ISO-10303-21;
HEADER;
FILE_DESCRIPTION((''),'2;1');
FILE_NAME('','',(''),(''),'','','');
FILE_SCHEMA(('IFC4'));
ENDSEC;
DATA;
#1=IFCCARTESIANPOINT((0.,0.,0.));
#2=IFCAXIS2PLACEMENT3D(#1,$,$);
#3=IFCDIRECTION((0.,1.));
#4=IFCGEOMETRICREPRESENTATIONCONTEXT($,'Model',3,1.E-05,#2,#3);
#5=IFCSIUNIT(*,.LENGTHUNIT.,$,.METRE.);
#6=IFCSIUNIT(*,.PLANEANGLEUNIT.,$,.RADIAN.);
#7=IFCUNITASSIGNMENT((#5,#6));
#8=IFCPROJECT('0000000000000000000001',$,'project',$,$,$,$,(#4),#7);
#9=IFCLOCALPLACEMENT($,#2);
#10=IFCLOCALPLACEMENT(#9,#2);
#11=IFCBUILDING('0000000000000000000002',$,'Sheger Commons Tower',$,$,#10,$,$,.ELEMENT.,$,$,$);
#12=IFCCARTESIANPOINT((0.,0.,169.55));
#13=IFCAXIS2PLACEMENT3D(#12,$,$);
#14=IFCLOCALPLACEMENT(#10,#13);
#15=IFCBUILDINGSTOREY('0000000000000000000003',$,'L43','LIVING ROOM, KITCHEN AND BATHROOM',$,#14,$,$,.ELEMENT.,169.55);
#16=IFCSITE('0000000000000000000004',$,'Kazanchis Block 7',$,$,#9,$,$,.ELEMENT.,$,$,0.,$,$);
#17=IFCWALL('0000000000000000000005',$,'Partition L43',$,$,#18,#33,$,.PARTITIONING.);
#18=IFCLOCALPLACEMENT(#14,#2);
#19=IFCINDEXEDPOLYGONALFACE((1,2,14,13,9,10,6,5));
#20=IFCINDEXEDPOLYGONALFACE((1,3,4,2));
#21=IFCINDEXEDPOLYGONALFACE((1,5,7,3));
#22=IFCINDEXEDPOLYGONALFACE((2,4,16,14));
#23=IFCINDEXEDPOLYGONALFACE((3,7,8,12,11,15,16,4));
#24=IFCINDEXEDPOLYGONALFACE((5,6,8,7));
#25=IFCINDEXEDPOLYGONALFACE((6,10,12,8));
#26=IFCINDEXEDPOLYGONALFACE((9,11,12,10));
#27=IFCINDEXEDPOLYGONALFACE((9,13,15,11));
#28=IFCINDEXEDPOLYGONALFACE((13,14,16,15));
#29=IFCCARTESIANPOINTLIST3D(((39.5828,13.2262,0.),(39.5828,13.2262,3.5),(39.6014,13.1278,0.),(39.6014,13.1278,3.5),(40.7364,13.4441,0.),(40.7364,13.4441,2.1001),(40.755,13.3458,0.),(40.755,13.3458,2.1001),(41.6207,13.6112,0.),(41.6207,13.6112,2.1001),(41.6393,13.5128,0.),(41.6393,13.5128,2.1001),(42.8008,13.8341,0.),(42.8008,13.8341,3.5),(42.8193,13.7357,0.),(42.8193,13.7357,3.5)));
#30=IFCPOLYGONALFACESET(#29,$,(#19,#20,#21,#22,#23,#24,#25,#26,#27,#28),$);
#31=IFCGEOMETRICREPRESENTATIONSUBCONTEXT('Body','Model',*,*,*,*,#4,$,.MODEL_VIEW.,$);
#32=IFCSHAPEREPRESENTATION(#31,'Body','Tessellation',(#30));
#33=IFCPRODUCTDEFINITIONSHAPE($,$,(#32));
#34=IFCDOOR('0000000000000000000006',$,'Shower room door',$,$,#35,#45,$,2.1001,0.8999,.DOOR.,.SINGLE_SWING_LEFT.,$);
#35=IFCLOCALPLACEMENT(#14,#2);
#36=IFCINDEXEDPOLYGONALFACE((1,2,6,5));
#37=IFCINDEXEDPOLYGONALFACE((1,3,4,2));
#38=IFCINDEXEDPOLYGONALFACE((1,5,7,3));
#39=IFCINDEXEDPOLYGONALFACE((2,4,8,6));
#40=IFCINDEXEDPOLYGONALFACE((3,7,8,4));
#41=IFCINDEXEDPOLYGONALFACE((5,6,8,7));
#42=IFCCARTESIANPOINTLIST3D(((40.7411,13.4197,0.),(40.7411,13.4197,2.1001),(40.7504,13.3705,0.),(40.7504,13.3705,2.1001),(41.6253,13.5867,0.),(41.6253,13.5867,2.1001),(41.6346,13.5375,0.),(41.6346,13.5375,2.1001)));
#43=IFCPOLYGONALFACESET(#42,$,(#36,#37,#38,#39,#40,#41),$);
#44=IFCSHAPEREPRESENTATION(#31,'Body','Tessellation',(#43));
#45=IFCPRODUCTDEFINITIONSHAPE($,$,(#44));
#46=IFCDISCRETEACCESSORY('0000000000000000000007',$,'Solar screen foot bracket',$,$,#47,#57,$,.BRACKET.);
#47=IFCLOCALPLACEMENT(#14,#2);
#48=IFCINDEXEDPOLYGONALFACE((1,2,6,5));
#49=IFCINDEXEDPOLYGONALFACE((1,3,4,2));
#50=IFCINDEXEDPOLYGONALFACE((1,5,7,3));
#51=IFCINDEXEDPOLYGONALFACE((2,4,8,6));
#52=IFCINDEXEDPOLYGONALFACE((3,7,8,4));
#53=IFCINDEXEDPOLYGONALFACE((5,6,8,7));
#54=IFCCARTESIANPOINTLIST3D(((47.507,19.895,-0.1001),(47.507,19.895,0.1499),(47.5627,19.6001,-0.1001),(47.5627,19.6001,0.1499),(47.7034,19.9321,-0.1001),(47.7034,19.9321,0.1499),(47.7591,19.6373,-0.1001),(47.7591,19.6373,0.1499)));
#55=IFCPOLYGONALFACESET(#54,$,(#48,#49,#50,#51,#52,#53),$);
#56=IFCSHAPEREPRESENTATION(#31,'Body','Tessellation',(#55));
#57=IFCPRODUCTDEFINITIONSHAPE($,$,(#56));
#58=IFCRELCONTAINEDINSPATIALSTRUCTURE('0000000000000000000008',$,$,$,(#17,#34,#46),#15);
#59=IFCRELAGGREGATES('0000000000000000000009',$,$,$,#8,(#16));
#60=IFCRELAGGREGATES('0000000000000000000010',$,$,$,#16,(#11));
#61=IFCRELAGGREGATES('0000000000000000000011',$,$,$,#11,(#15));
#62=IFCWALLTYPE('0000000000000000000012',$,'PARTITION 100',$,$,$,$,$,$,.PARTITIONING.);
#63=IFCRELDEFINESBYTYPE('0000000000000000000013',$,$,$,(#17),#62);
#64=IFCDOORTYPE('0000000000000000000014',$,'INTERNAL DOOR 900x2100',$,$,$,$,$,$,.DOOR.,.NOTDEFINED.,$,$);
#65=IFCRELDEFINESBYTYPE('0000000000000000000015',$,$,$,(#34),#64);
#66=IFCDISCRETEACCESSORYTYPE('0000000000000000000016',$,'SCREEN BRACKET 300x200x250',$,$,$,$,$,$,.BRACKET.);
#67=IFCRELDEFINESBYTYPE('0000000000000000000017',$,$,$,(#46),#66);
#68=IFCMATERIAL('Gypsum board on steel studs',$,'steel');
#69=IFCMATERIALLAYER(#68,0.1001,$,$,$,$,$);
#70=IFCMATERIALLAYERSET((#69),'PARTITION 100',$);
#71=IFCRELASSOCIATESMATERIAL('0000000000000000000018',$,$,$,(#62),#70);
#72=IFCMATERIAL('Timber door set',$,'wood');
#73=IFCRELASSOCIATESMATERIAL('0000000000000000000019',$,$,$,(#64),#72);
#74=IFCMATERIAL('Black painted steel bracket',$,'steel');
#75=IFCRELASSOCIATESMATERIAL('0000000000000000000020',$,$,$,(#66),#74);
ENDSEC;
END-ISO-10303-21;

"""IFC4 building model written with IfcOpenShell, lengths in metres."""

from ifc_helpers import new_model, si_unit, direction, frame, frame_2d, origin, origin_2d, place, context, subcontext, project, spatial, rectangle, extrude, material, layer, layer_set, type_object, element, fill, save


model = new_model("IFC4")

# Units and contexts
model_context = context("Model", 3, precision=1e-05, world=origin(), true_north=direction((0.0, 1.0)))
body_context = subcontext(model_context, "Body", "Model", "MODEL_VIEW")
ifc_project = project(units=[si_unit("LENGTHUNIT", "METRE"), si_unit("PLANEANGLEUNIT", "RADIAN")], contexts=[model_context])

# Site, building, storey
site_placement = place(None, origin())
site = spatial("IfcSite", under=ifc_project, at=site_placement, Name="Kazanchis Block 7", CompositionType="ELEMENT", RefElevation=0.0)
building_placement = place(site_placement, origin())
building = spatial("IfcBuilding", under=site, at=building_placement, Name="Sheger Commons Tower", CompositionType="ELEMENT")
storey_placement = place(building_placement, frame((0.0, 0.0, 169.55)))
storey = spatial("IfcBuildingStorey", under=building, at=storey_placement, Name="L43", Description="LIVING ROOM, KITCHEN AND BATHROOM", CompositionType="ELEMENT", Elevation=169.55)

# Shared definitions
ifc_material_1 = material(Name="Gypsum board on steel studs", Category="steel")
ifc_layer_1 = layer(ifc_material_1, 0.1001)
ifc_layer_set_1 = layer_set([ifc_layer_1], Name="PARTITION 100")
wall_type_1 = type_object("IfcWallType", Name="PARTITION 100", PredefinedType="PARTITIONING", material=ifc_layer_set_1)

# Wall, opening, door
wall_1_placement = place(storey_placement, frame((42.8101, 13.7849, 0.0), z_axis=(0.0, 0.0, 1.0), x_axis=(-0.982621, -0.185625, 0.0)))
wall_1 = element("IfcWall", 1, at=wall_1_placement, inside=storey, type_object=wall_type_1, Name="Partition L43", PredefinedType="PARTITIONING", context=body_context, shape_type="SweptSolid", body=[
    extrude(rectangle(XDim=3.2749, YDim=0.1001, at=frame_2d((1.6375, 0.0))), origin(), (0.0, 0.0, 1.0), 3.5),
])
opening_placement = place(wall_1_placement, frame((1.2009, 0.0, 0.0)))
opening = element("IfcOpeningElement", 2, at=opening_placement, cuts=wall_1, PredefinedType="OPENING", context=body_context, shape_type="SweptSolid", body=[
    extrude(rectangle(XDim=0.8999, YDim=2.1001, at=frame_2d((0.45, 1.05))), frame((0.0, 0.0601, 0.0), z_axis=(0.0, -1.0, 0.0), x_axis=(1.0, 0.0, 0.0)), (0.0, 0.0, 1.0), 0.1201),
])
ifc_material_2 = material(Name="Timber door set", Category="wood")
door_type = type_object("IfcDoorType", Name="INTERNAL DOOR 900x2100", OperationType="NOTDEFINED", PredefinedType="DOOR", material=ifc_material_2)
door_placement = place(opening_placement, origin())
door = element("IfcDoor", 3, at=door_placement, inside=storey, type_object=door_type, Name="Shower room door", OperationType="SINGLE_SWING_LEFT", OverallHeight=2.1001, OverallWidth=0.8999, PredefinedType="DOOR", context=body_context, shape_type="SweptSolid", body=[
    extrude(rectangle(XDim=0.8999, YDim=2.1001, at=frame_2d((0.45, 1.05))), frame((0.0, 0.0249, 0.0), z_axis=(0.0, -1.0, 0.0), x_axis=(1.0, 0.0, 0.0)), (0.0, 0.0, 1.0), 0.05),
])
fill(opening, door)

# Discrete accessory
ifc_material_3 = material(Name="Black painted steel bracket", Category="steel")
discrete_accessory_type = type_object("IfcDiscreteAccessoryType", Name="SCREEN BRACKET 300x200x250", PredefinedType="BRACKET", material=ifc_material_3)
discrete_accessory_placement = place(storey_placement, frame((47.6331, 19.7661, -0.1001), z_axis=(0.0, 0.0, 1.0), x_axis=(-0.185615, 0.982623, 0.0)))
element("IfcDiscreteAccessory", 4, at=discrete_accessory_placement, inside=storey, type_object=discrete_accessory_type, Name="Solar screen foot bracket", PredefinedType="BRACKET", context=body_context, shape_type="SweptSolid", body=[
    extrude(rectangle(XDim=0.3, YDim=0.2, at=origin_2d()), origin(), (0.0, 0.0, 1.0), 0.25),
])

save(model, "model.ifc")
